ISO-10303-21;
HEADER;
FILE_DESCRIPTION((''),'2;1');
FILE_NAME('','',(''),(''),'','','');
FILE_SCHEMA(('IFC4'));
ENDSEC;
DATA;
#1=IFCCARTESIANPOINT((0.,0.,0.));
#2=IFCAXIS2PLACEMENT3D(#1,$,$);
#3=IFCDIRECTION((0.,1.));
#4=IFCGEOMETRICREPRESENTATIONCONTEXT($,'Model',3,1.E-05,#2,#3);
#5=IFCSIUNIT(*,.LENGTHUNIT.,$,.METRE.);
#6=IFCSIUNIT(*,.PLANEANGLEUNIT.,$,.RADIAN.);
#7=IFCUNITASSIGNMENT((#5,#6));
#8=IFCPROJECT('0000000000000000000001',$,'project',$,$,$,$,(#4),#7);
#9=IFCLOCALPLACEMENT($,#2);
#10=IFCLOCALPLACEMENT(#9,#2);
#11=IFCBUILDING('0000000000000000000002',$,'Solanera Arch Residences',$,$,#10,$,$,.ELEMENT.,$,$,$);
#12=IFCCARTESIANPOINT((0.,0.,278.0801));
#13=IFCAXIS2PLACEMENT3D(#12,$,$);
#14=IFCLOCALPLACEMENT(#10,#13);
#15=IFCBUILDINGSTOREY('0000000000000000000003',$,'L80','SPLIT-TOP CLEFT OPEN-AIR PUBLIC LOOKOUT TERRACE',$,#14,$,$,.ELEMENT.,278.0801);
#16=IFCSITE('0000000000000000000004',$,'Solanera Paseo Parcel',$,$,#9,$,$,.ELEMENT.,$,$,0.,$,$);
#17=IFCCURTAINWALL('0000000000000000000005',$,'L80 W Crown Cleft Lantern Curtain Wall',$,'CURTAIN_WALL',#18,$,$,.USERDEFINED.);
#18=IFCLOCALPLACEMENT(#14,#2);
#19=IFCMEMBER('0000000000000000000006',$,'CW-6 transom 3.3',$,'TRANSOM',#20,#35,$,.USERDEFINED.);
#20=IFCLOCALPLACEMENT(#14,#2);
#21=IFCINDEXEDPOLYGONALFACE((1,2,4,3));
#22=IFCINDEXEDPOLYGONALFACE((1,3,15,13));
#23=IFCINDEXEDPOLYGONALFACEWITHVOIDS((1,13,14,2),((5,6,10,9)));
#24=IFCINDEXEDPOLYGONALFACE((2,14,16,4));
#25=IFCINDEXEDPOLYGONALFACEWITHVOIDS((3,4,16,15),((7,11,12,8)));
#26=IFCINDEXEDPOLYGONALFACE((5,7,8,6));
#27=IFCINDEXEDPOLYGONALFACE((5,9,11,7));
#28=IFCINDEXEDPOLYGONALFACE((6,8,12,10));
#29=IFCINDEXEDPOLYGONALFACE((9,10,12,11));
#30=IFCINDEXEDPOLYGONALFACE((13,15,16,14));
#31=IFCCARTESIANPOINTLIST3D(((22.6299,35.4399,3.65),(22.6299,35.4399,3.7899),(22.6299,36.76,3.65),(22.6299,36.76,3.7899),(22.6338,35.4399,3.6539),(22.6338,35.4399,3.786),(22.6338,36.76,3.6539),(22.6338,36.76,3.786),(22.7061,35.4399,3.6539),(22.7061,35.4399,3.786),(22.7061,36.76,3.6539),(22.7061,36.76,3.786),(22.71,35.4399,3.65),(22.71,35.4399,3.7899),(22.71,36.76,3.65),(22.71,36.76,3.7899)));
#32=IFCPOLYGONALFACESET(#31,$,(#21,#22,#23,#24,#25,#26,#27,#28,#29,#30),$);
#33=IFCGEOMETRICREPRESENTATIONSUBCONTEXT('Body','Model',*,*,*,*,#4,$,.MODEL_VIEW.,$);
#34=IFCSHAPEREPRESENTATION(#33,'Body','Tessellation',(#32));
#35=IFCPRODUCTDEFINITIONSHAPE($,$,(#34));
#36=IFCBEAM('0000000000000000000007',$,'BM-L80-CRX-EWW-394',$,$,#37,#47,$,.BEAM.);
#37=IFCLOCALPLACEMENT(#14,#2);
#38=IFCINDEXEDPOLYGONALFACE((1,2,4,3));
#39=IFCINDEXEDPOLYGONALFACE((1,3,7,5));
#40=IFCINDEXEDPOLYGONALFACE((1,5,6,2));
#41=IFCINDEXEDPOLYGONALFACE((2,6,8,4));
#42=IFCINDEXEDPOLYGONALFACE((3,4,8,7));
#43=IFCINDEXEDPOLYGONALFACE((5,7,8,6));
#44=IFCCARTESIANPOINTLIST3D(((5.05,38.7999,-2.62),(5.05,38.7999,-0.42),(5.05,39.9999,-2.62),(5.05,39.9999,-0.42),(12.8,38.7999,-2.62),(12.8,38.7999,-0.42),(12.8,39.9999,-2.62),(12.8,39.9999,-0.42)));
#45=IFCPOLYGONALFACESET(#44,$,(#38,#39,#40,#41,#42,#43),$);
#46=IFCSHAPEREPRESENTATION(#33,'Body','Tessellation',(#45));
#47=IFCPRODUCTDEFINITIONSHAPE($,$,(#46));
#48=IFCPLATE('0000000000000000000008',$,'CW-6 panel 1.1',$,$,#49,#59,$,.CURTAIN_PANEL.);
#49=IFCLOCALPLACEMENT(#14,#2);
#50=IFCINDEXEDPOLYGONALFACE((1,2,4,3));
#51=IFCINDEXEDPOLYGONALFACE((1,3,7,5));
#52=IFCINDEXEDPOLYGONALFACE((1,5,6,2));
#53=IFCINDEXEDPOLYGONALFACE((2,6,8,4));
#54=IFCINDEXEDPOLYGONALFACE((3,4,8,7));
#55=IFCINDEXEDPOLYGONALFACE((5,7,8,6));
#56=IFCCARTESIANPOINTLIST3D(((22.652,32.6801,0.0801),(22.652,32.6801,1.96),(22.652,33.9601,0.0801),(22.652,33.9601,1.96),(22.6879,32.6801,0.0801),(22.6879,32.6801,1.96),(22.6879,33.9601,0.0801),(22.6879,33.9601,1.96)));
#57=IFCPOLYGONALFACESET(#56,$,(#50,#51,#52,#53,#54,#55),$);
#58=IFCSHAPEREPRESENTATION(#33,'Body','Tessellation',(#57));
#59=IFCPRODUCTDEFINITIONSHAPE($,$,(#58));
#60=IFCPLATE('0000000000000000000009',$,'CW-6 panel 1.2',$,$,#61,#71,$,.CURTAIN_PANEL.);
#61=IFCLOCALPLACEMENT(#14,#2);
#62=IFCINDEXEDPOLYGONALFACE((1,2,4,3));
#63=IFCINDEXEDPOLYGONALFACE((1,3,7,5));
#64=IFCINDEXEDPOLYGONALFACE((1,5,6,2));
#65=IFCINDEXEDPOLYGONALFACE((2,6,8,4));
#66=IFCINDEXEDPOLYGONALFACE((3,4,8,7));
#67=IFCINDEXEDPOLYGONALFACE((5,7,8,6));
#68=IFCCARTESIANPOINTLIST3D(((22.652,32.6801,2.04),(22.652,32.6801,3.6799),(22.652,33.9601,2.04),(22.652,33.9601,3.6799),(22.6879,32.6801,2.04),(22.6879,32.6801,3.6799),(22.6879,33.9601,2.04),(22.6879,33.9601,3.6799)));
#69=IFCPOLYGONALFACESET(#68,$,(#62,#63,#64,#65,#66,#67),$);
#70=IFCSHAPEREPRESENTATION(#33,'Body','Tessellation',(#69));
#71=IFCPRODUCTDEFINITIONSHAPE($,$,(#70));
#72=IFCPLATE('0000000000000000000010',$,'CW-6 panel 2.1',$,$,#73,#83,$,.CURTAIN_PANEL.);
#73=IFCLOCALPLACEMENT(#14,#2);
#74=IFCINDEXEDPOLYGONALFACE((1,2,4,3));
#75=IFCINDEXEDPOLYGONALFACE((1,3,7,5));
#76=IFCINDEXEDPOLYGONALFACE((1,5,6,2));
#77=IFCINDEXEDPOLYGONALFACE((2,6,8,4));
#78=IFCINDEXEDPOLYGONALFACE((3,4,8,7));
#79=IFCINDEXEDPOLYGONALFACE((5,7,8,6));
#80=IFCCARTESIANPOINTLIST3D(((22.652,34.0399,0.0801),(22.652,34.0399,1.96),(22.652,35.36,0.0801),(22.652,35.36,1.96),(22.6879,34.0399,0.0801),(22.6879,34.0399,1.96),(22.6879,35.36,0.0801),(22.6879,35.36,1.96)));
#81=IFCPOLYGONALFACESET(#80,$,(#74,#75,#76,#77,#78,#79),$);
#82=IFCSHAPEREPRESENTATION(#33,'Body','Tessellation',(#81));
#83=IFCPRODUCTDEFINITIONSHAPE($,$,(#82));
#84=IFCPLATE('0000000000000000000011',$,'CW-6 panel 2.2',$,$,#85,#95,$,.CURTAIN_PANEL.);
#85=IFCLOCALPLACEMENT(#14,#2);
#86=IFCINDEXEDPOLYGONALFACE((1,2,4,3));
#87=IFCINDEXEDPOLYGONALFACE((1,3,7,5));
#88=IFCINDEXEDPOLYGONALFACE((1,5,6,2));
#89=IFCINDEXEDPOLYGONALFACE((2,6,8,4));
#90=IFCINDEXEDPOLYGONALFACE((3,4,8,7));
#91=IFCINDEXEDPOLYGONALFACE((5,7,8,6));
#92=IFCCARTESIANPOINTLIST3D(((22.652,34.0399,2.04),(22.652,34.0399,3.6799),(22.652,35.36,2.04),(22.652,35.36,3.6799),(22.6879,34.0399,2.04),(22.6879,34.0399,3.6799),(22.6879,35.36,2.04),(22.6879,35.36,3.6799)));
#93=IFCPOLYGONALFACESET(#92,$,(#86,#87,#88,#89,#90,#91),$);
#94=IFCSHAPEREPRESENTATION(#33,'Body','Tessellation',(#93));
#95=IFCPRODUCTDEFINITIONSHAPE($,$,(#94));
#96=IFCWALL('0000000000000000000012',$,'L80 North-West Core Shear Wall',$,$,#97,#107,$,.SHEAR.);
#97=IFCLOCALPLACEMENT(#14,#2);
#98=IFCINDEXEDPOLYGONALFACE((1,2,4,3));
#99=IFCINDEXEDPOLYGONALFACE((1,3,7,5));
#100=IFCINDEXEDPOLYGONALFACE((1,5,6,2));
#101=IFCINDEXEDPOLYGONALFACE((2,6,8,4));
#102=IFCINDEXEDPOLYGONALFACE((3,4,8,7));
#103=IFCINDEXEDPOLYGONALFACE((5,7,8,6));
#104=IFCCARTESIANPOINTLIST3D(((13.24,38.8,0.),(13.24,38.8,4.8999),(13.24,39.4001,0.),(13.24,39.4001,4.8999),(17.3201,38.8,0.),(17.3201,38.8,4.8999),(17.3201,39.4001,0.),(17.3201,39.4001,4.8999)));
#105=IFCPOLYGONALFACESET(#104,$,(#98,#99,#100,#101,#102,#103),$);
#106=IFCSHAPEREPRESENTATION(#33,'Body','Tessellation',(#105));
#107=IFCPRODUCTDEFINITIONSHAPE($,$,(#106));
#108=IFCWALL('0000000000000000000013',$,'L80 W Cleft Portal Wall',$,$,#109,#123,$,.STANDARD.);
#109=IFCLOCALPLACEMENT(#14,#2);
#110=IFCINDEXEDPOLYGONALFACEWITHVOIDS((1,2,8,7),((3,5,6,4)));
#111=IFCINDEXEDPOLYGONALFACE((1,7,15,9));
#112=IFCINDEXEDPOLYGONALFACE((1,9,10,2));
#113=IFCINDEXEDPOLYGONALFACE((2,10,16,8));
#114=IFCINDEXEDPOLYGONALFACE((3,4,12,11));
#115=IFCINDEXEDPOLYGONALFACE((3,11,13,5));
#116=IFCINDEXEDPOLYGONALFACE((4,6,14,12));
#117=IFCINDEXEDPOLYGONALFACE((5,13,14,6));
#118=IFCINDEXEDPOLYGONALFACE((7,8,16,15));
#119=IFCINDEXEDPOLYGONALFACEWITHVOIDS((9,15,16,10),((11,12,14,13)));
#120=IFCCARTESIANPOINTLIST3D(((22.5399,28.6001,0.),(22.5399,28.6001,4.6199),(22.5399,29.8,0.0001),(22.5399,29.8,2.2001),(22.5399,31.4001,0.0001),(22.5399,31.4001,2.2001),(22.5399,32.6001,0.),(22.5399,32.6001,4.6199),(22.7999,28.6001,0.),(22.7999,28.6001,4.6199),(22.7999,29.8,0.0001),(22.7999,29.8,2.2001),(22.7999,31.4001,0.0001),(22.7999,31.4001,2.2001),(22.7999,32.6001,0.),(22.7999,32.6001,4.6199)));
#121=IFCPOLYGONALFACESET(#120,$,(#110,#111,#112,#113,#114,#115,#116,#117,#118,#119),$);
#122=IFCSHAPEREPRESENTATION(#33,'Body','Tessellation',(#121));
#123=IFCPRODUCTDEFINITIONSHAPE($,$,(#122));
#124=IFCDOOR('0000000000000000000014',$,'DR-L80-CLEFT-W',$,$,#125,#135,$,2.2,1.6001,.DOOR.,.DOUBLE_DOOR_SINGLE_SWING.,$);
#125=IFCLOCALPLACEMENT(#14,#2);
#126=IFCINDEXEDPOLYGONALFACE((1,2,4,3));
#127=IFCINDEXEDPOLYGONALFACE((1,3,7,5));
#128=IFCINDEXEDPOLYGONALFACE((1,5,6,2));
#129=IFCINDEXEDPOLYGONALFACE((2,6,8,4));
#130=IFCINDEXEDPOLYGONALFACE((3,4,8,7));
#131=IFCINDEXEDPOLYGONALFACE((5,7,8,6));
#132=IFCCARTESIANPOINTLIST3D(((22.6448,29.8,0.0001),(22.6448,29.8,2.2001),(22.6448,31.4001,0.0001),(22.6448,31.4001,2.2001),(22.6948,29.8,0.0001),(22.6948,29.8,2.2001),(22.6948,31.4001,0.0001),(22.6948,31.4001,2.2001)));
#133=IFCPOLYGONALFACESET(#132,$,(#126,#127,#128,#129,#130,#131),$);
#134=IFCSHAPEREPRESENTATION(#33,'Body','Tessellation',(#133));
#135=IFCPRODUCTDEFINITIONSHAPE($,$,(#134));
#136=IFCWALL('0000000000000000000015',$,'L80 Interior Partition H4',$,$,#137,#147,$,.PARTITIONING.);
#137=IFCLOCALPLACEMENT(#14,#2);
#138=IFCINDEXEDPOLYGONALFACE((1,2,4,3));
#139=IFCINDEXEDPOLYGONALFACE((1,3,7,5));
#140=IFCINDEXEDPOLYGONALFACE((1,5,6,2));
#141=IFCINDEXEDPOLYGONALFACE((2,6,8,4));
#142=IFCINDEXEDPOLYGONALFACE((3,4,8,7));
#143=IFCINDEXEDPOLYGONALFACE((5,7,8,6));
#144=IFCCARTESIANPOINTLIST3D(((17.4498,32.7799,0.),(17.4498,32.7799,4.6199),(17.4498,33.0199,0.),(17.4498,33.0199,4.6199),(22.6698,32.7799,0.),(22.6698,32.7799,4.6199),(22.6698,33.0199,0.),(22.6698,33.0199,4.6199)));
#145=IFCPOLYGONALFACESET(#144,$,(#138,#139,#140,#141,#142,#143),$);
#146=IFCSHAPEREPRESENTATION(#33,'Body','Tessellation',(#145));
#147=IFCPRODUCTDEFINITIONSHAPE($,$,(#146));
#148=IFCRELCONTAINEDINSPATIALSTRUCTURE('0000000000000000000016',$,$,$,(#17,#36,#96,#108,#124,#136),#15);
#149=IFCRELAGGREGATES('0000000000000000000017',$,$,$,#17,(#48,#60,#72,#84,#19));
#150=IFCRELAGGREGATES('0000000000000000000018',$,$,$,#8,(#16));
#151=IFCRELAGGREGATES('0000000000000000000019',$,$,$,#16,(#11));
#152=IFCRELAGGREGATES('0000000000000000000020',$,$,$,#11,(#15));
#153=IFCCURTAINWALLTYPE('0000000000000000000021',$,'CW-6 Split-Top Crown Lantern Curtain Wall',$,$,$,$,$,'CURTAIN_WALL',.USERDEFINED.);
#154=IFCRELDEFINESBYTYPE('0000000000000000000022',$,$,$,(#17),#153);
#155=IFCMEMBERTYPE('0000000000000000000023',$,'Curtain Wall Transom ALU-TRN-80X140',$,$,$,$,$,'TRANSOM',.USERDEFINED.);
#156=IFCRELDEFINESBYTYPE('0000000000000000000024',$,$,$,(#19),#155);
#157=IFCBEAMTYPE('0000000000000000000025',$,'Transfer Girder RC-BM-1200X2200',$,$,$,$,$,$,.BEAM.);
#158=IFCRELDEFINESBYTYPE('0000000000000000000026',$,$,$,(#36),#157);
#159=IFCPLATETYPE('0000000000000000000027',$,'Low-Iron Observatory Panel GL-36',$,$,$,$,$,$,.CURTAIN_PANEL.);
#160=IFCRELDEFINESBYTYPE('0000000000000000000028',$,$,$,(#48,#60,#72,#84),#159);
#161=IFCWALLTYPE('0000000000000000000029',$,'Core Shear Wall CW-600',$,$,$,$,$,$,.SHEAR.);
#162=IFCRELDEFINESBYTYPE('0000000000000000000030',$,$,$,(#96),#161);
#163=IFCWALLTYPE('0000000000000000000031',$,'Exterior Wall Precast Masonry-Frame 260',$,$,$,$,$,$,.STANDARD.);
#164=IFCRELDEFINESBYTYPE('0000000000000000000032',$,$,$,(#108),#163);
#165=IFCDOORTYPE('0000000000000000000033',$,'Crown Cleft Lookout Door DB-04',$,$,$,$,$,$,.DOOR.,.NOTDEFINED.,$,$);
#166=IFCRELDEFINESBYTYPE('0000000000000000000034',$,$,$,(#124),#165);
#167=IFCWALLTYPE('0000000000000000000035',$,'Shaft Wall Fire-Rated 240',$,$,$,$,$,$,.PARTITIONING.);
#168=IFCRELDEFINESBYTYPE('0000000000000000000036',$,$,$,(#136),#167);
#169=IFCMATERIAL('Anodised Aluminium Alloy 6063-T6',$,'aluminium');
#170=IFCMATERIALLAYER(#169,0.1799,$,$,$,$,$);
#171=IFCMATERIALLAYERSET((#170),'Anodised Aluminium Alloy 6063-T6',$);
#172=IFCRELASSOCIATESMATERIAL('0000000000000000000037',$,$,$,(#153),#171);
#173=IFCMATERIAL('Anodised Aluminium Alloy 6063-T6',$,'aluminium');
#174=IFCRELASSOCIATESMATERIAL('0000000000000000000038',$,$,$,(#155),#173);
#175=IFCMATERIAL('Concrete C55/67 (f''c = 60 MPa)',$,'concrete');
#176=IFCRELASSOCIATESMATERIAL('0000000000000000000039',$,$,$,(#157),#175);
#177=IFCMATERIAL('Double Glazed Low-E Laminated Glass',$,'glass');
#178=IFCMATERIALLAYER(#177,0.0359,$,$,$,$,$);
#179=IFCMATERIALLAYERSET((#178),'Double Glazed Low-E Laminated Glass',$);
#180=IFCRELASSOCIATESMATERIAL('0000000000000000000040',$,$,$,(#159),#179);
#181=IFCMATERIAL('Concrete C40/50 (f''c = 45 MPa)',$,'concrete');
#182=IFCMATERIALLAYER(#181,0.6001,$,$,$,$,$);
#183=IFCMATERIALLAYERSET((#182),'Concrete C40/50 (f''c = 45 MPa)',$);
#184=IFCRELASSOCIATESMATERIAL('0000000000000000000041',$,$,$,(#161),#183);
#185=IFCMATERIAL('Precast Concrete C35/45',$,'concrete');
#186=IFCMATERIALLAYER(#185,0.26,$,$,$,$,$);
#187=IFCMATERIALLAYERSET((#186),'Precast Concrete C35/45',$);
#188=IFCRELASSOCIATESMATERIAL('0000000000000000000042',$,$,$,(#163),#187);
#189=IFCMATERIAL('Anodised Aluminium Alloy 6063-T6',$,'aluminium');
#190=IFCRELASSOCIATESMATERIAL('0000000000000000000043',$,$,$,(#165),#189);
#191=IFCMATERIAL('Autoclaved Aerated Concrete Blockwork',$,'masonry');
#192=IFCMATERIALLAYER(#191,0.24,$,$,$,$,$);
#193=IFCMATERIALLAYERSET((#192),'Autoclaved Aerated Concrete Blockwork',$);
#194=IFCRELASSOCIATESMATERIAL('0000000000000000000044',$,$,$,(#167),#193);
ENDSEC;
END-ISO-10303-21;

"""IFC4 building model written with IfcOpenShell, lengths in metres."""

from ifc_helpers import new_model, si_unit, direction, frame, frame_2d, origin, origin_2d, place, context, subcontext, project, spatial, rectangle, hollow_rectangle, extrude, material, layer, layer_set, material_profile, profile_set, type_object, element, fill, aggregate, save


model = new_model("IFC4")

# Units and contexts
model_context = context("Model", 3, precision=1e-05, world=origin(), true_north=direction((0.0, 1.0)))
body_context = subcontext(model_context, "Body", "Model", "MODEL_VIEW")
ifc_project = project(units=[si_unit("LENGTHUNIT", "METRE"), si_unit("PLANEANGLEUNIT", "RADIAN")], contexts=[model_context])

# Site, building, storey
site_placement = place(None, origin())
site = spatial("IfcSite", under=ifc_project, at=site_placement, Name="Solanera Paseo Parcel", CompositionType="ELEMENT", RefElevation=0.0)
building_placement = place(site_placement, origin())
building = spatial("IfcBuilding", under=site, at=building_placement, Name="Solanera Arch Residences", CompositionType="ELEMENT")
storey_placement = place(building_placement, frame((0.0, 0.0, 278.0801)))
storey = spatial("IfcBuildingStorey", under=building, at=storey_placement, Name="L80", Description="SPLIT-TOP CLEFT OPEN-AIR PUBLIC LOOKOUT TERRACE", CompositionType="ELEMENT", Elevation=278.0801)

# Curtain wall, member
ifc_material_1 = material(Name="Anodised Aluminium Alloy 6063-T6", Category="aluminium")
ifc_layer_1 = layer(ifc_material_1, 0.1799)
ifc_layer_set_1 = layer_set([ifc_layer_1], Name="Anodised Aluminium Alloy 6063-T6")
curtain_wall_type = type_object("IfcCurtainWallType", Name="CW-6 Split-Top Crown Lantern Curtain Wall", ElementType="CURTAIN_WALL", PredefinedType="USERDEFINED", material=ifc_layer_set_1)
curtain_wall_placement = place(storey_placement, origin())
curtain_wall = element("IfcCurtainWall", 1, at=curtain_wall_placement, inside=storey, type_object=curtain_wall_type, Name="L80 W Crown Cleft Lantern Curtain Wall", ObjectType="CURTAIN_WALL", PredefinedType="USERDEFINED")
ifc_material_2 = material(Name="Anodised Aluminium Alloy 6063-T6", Category="aluminium")
ifc_material_profile_1 = material_profile(ifc_material_2, hollow_rectangle(XDim=0.0801, YDim=0.1399, WallThickness=0.0039, at=origin_2d()))
ifc_profile_set_1 = profile_set([ifc_material_profile_1], Name="Anodised Aluminium Alloy 6063-T6")
member_type_1 = type_object("IfcMemberType", Name="Curtain Wall Transom ALU-TRN-80X140", ElementType="TRANSOM", PredefinedType="USERDEFINED", material=ifc_profile_set_1)
member_1_placement = place(storey_placement, frame((22.6699, 35.4399, 3.72), z_axis=(0.0, 1.0, 0.0), x_axis=(-1.0, 0.0, 0.0)))
member_1 = element("IfcMember", 2, at=member_1_placement, type_object=member_type_1, Name="CW-6 transom 3.3", ObjectType="TRANSOM", PredefinedType="USERDEFINED", context=body_context, shape_type="SweptSolid", body=[
    extrude(hollow_rectangle(XDim=0.0801, YDim=0.1399, WallThickness=0.0039, at=origin_2d()), origin(), (0.0, 0.0, 1.0), 1.3201),
])

# Beam
ifc_material_3 = material(Name="Concrete C55/67 (f'c = 60 MPa)", Category="concrete")
ifc_material_profile_2 = material_profile(ifc_material_3, rectangle(XDim=1.2, YDim=2.2, at=origin_2d()))
ifc_profile_set_2 = profile_set([ifc_material_profile_2], Name="Concrete C55/67 (f'c = 60 MPa)")
beam_type = type_object("IfcBeamType", Name="Transfer Girder RC-BM-1200X2200", PredefinedType="BEAM", material=ifc_profile_set_2)
beam_placement = place(storey_placement, frame((5.05, 39.3999, -1.52), z_axis=(1.0, 0.0, 0.0), x_axis=(0.0, 1.0, 0.0)))
element("IfcBeam", 3, at=beam_placement, inside=storey, type_object=beam_type, Name="BM-L80-CRX-EWW-394", PredefinedType="BEAM", context=body_context, shape_type="SweptSolid", body=[
    extrude(rectangle(XDim=1.2, YDim=2.2, at=origin_2d()), origin(), (0.0, 0.0, 1.0), 7.75),
])

# Plates
ifc_material_4 = material(Name="Double Glazed Low-E Laminated Glass", Category="glass")
ifc_layer_2 = layer(ifc_material_4, 0.0359)
ifc_layer_set_2 = layer_set([ifc_layer_2], Name="Double Glazed Low-E Laminated Glass")
plate_type = type_object("IfcPlateType", Name="Low-Iron Observatory Panel GL-36", PredefinedType="CURTAIN_PANEL", material=ifc_layer_set_2)
plate_1_placement = place(storey_placement, frame((22.6699, 33.3201, 0.0801), z_axis=(0.0, 0.0, 1.0), x_axis=(0.0, 1.0, 0.0)))
plate_1 = element("IfcPlate", 4, at=plate_1_placement, type_object=plate_type, Name="CW-6 panel 1.1", PredefinedType="CURTAIN_PANEL", context=body_context, shape_type="SweptSolid", body=[
    extrude(rectangle(XDim=1.28, YDim=0.0359, at=origin_2d()), origin(), (0.0, 0.0, 1.0), 1.8799),
])
plate_2_placement = place(storey_placement, frame((22.6699, 33.3201, 2.04), z_axis=(0.0, 0.0, 1.0), x_axis=(0.0, 1.0, 0.0)))
plate_2 = element("IfcPlate", 5, at=plate_2_placement, type_object=plate_type, Name="CW-6 panel 1.2", PredefinedType="CURTAIN_PANEL", context=body_context, shape_type="SweptSolid", body=[
    extrude(rectangle(XDim=1.28, YDim=0.0359, at=origin_2d()), origin(), (0.0, 0.0, 1.0), 1.6399),
])
plate_3_placement = place(storey_placement, frame((22.6699, 34.7, 0.0801), z_axis=(0.0, 0.0, 1.0), x_axis=(0.0, 1.0, 0.0)))
plate_3 = element("IfcPlate", 6, at=plate_3_placement, type_object=plate_type, Name="CW-6 panel 2.1", PredefinedType="CURTAIN_PANEL", context=body_context, shape_type="SweptSolid", body=[
    extrude(rectangle(XDim=1.3201, YDim=0.0359, at=origin_2d()), origin(), (0.0, 0.0, 1.0), 1.8799),
])
plate_4_placement = place(storey_placement, frame((22.6699, 34.7, 2.04), z_axis=(0.0, 0.0, 1.0), x_axis=(0.0, 1.0, 0.0)))
plate_4 = element("IfcPlate", 7, at=plate_4_placement, type_object=plate_type, Name="CW-6 panel 2.2", PredefinedType="CURTAIN_PANEL", context=body_context, shape_type="SweptSolid", body=[
    extrude(rectangle(XDim=1.3201, YDim=0.0359, at=origin_2d()), origin(), (0.0, 0.0, 1.0), 1.6399),
])
aggregate(curtain_wall, [plate_1, plate_2, plate_3, plate_4, member_1])

# Wall
ifc_material_5 = material(Name="Concrete C40/50 (f'c = 45 MPa)", Category="concrete")
ifc_layer_3 = layer(ifc_material_5, 0.6001)
ifc_layer_set_3 = layer_set([ifc_layer_3], Name="Concrete C40/50 (f'c = 45 MPa)")
wall_type_1 = type_object("IfcWallType", Name="Core Shear Wall CW-600", PredefinedType="SHEAR", material=ifc_layer_set_3)
wall_1_placement = place(storey_placement, frame((13.24, 39.1001, 0.0), z_axis=(0.0, 0.0, 1.0), x_axis=(1.0, 0.0, 0.0)))
element("IfcWall", 8, at=wall_1_placement, inside=storey, type_object=wall_type_1, Name="L80 North-West Core Shear Wall", PredefinedType="SHEAR", context=body_context, shape_type="SweptSolid", body=[
    extrude(rectangle(XDim=4.0801, YDim=0.6001, at=frame_2d((2.04, 0.0))), origin(), (0.0, 0.0, 1.0), 4.8999),
])

# Wall, opening, door
ifc_material_6 = material(Name="Precast Concrete C35/45", Category="concrete")
ifc_layer_4 = layer(ifc_material_6, 0.26)
ifc_layer_set_4 = layer_set([ifc_layer_4], Name="Precast Concrete C35/45")
wall_type_2 = type_object("IfcWallType", Name="Exterior Wall Precast Masonry-Frame 260", PredefinedType="STANDARD", material=ifc_layer_set_4)
wall_2_placement = place(storey_placement, frame((22.6699, 32.6001, 0.0), z_axis=(0.0, 0.0, 1.0), x_axis=(0.0, -1.0, 0.0)))
wall_2 = element("IfcWall", 9, at=wall_2_placement, inside=storey, type_object=wall_type_2, Name="L80 W Cleft Portal Wall", PredefinedType="STANDARD", context=body_context, shape_type="SweptSolid", body=[
    extrude(rectangle(XDim=4.0, YDim=0.26, at=frame_2d((2.0, 0.0))), origin(), (0.0, 0.0, 1.0), 4.6199),
])
opening_placement = place(wall_2_placement, frame((1.2, 0.0, 0.0)))
opening = element("IfcOpeningElement", 10, at=opening_placement, cuts=wall_2, PredefinedType="OPENING", context=body_context, shape_type="SweptSolid", body=[
    extrude(rectangle(XDim=1.6001, YDim=2.2, at=frame_2d((0.8, 1.1001))), frame((0.0, 0.1399, 0.0), z_axis=(0.0, -1.0, 0.0), x_axis=(1.0, 0.0, 0.0)), (0.0, 0.0, 1.0), 0.28),
])
ifc_material_7 = material(Name="Anodised Aluminium Alloy 6063-T6", Category="aluminium")
door_type = type_object("IfcDoorType", Name="Crown Cleft Lookout Door DB-04", OperationType="NOTDEFINED", PredefinedType="DOOR", material=ifc_material_7)
door_placement = place(opening_placement, origin())
door = element("IfcDoor", 11, at=door_placement, inside=storey, type_object=door_type, Name="DR-L80-CLEFT-W", OperationType="DOUBLE_DOOR_SINGLE_SWING", OverallHeight=2.2, OverallWidth=1.6001, PredefinedType="DOOR", context=body_context, shape_type="SweptSolid", body=[
    extrude(rectangle(XDim=1.6001, YDim=2.2, at=frame_2d((0.8, 1.1001))), frame((0.0, 0.0249, 0.0), z_axis=(0.0, -1.0, 0.0), x_axis=(1.0, 0.0, 0.0)), (0.0, 0.0, 1.0), 0.05),
])
fill(opening, door)

# Wall
ifc_material_8 = material(Name="Autoclaved Aerated Concrete Blockwork", Category="masonry")
ifc_layer_5 = layer(ifc_material_8, 0.24)
ifc_layer_set_5 = layer_set([ifc_layer_5], Name="Autoclaved Aerated Concrete Blockwork")
wall_type_3 = type_object("IfcWallType", Name="Shaft Wall Fire-Rated 240", PredefinedType="PARTITIONING", material=ifc_layer_set_5)
wall_3_placement = place(storey_placement, frame((17.45, 32.8999, 0.0), z_axis=(0.0, 0.0, 1.0), x_axis=(1.0, 0.0, 0.0)))
element("IfcWall", 12, at=wall_3_placement, inside=storey, type_object=wall_type_3, Name="L80 Interior Partition H4", PredefinedType="PARTITIONING", context=body_context, shape_type="SweptSolid", body=[
    extrude(rectangle(XDim=5.22, YDim=0.24, at=frame_2d((2.6099, 0.0))), origin(), (0.0, 0.0, 1.0), 4.6199),
])

save(model, "model.ifc")
